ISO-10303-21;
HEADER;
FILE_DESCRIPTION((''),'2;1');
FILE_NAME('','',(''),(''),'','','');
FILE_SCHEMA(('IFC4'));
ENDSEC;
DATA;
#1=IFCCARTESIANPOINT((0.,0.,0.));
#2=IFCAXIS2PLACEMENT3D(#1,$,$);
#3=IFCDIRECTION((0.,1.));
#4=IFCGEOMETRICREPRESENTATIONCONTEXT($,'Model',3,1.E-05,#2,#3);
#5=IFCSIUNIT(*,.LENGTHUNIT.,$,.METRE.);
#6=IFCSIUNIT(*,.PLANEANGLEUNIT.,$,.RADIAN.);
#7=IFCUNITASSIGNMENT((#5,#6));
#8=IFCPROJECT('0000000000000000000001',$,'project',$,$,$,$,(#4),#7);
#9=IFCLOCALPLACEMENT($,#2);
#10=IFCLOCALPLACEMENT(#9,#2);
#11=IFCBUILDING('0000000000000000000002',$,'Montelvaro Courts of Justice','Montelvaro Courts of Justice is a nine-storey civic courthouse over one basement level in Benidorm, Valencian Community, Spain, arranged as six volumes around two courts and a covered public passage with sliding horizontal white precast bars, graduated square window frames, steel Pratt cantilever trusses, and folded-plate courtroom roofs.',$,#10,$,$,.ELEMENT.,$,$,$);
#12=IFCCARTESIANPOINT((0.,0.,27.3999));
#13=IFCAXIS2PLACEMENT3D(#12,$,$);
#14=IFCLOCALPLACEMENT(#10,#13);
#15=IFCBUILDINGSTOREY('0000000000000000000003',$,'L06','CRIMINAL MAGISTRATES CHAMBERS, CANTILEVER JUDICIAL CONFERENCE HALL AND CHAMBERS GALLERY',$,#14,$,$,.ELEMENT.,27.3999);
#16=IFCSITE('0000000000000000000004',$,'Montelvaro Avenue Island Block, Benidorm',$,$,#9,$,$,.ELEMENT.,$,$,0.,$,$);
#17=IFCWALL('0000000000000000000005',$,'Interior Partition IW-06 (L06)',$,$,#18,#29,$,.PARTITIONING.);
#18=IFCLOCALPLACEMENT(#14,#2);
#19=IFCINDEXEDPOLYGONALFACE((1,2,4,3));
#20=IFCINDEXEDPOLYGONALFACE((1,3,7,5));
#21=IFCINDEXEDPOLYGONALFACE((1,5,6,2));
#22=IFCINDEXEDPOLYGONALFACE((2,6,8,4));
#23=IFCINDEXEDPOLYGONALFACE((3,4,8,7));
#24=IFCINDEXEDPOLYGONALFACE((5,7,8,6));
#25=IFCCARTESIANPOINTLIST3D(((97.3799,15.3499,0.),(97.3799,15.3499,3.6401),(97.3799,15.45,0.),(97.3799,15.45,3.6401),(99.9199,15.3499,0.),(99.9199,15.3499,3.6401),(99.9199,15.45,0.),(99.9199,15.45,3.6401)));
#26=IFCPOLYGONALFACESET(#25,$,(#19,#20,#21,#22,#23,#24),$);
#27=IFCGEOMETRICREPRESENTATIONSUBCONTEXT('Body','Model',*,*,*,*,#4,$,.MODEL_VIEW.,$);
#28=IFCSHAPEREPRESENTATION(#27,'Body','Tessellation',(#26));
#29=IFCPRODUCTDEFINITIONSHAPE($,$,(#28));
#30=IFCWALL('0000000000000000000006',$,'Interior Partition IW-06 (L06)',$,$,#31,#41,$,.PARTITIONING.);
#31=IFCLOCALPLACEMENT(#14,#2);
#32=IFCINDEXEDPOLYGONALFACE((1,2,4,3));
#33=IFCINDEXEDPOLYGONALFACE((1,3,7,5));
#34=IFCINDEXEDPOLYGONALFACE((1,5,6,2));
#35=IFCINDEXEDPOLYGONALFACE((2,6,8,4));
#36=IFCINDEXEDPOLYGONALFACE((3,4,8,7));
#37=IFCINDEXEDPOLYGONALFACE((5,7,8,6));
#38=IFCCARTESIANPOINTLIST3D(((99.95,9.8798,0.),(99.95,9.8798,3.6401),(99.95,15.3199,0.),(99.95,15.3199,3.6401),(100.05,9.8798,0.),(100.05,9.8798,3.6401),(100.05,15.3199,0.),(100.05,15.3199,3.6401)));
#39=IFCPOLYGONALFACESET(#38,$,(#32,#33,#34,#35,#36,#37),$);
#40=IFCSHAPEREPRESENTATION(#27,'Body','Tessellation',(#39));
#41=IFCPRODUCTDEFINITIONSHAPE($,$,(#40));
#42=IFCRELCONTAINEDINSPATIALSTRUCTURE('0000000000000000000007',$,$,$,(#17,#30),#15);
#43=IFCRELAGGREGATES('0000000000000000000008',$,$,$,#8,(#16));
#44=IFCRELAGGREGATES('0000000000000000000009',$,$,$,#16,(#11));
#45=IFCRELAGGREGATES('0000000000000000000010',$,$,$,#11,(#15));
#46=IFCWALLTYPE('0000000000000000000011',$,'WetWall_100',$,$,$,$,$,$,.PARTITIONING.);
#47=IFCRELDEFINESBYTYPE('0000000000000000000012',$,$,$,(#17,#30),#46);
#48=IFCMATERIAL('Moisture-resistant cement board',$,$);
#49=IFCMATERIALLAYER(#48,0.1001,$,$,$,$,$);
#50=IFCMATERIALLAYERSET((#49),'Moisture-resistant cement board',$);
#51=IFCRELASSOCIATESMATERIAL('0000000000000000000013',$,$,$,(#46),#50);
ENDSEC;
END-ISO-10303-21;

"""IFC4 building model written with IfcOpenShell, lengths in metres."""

from ifc_helpers import new_model, si_unit, direction, frame, frame_2d, origin, place, context, subcontext, project, spatial, rectangle, extrude, material, layer, layer_set, type_object, element, save


model = new_model("IFC4")

# Units and contexts
model_context = context("Model", 3, precision=1e-05, world=origin(), true_north=direction((0.0, 1.0)))
body_context = subcontext(model_context, "Body", "Model", "MODEL_VIEW")
ifc_project = project(units=[si_unit("LENGTHUNIT", "METRE"), si_unit("PLANEANGLEUNIT", "RADIAN")], contexts=[model_context])

# Site, building, storey
site_placement = place(None, origin())
site = spatial("IfcSite", under=ifc_project, at=site_placement, Name="Montelvaro Avenue Island Block, Benidorm", CompositionType="ELEMENT", RefElevation=0.0)
building_placement = place(site_placement, origin())
building = spatial("IfcBuilding", under=site, at=building_placement, Name="Montelvaro Courts of Justice", Description="Montelvaro Courts of Justice is a nine-storey civic courthouse over one basement level in Benidorm, Valencian Community, Spain, arranged as six volumes around two courts and a covered public passage with sliding horizontal white precast bars, graduated square window frames, steel Pratt cantilever trusses, and folded-plate courtroom roofs.", CompositionType="ELEMENT")
storey_placement = place(building_placement, frame((0.0, 0.0, 27.3999)))
storey = spatial("IfcBuildingStorey", under=building, at=storey_placement, Name="L06", Description="CRIMINAL MAGISTRATES CHAMBERS, CANTILEVER JUDICIAL CONFERENCE HALL AND CHAMBERS GALLERY", CompositionType="ELEMENT", Elevation=27.3999)

# Shared definitions
ifc_material_1 = material(Name="Moisture-resistant cement board")
ifc_layer_1 = layer(ifc_material_1, 0.1001)
ifc_layer_set_1 = layer_set([ifc_layer_1], Name="Moisture-resistant cement board")
wall_type_1 = type_object("IfcWallType", Name="WetWall_100", PredefinedType="PARTITIONING", material=ifc_layer_set_1)

# Walls
wall_1_placement = place(storey_placement, frame((97.3799, 15.3999, 0.0), z_axis=(0.0, 0.0, 1.0), x_axis=(1.0, 0.0, 0.0)))
element("IfcWall", 1, at=wall_1_placement, inside=storey, type_object=wall_type_1, Name="Interior Partition IW-06 (L06)", PredefinedType="PARTITIONING", context=body_context, shape_type="SweptSolid", body=[
    extrude(rectangle(XDim=2.54, YDim=0.1001, at=frame_2d((1.27, 0.0))), origin(), (0.0, 0.0, 1.0), 3.6401),
])
wall_2_placement = place(storey_placement, frame((100.0, 15.3201, 0.0), z_axis=(0.0, 0.0, 1.0), x_axis=(0.0, -1.0, 0.0)))
element("IfcWall", 2, at=wall_2_placement, inside=storey, type_object=wall_type_1, Name="Interior Partition IW-06 (L06)", PredefinedType="PARTITIONING", context=body_context, shape_type="SweptSolid", body=[
    extrude(rectangle(XDim=5.4402, YDim=0.1001, at=frame_2d((2.7202, 0.0))), origin(), (0.0, 0.0, 1.0), 3.6401),
])

save(model, "model.ifc")
